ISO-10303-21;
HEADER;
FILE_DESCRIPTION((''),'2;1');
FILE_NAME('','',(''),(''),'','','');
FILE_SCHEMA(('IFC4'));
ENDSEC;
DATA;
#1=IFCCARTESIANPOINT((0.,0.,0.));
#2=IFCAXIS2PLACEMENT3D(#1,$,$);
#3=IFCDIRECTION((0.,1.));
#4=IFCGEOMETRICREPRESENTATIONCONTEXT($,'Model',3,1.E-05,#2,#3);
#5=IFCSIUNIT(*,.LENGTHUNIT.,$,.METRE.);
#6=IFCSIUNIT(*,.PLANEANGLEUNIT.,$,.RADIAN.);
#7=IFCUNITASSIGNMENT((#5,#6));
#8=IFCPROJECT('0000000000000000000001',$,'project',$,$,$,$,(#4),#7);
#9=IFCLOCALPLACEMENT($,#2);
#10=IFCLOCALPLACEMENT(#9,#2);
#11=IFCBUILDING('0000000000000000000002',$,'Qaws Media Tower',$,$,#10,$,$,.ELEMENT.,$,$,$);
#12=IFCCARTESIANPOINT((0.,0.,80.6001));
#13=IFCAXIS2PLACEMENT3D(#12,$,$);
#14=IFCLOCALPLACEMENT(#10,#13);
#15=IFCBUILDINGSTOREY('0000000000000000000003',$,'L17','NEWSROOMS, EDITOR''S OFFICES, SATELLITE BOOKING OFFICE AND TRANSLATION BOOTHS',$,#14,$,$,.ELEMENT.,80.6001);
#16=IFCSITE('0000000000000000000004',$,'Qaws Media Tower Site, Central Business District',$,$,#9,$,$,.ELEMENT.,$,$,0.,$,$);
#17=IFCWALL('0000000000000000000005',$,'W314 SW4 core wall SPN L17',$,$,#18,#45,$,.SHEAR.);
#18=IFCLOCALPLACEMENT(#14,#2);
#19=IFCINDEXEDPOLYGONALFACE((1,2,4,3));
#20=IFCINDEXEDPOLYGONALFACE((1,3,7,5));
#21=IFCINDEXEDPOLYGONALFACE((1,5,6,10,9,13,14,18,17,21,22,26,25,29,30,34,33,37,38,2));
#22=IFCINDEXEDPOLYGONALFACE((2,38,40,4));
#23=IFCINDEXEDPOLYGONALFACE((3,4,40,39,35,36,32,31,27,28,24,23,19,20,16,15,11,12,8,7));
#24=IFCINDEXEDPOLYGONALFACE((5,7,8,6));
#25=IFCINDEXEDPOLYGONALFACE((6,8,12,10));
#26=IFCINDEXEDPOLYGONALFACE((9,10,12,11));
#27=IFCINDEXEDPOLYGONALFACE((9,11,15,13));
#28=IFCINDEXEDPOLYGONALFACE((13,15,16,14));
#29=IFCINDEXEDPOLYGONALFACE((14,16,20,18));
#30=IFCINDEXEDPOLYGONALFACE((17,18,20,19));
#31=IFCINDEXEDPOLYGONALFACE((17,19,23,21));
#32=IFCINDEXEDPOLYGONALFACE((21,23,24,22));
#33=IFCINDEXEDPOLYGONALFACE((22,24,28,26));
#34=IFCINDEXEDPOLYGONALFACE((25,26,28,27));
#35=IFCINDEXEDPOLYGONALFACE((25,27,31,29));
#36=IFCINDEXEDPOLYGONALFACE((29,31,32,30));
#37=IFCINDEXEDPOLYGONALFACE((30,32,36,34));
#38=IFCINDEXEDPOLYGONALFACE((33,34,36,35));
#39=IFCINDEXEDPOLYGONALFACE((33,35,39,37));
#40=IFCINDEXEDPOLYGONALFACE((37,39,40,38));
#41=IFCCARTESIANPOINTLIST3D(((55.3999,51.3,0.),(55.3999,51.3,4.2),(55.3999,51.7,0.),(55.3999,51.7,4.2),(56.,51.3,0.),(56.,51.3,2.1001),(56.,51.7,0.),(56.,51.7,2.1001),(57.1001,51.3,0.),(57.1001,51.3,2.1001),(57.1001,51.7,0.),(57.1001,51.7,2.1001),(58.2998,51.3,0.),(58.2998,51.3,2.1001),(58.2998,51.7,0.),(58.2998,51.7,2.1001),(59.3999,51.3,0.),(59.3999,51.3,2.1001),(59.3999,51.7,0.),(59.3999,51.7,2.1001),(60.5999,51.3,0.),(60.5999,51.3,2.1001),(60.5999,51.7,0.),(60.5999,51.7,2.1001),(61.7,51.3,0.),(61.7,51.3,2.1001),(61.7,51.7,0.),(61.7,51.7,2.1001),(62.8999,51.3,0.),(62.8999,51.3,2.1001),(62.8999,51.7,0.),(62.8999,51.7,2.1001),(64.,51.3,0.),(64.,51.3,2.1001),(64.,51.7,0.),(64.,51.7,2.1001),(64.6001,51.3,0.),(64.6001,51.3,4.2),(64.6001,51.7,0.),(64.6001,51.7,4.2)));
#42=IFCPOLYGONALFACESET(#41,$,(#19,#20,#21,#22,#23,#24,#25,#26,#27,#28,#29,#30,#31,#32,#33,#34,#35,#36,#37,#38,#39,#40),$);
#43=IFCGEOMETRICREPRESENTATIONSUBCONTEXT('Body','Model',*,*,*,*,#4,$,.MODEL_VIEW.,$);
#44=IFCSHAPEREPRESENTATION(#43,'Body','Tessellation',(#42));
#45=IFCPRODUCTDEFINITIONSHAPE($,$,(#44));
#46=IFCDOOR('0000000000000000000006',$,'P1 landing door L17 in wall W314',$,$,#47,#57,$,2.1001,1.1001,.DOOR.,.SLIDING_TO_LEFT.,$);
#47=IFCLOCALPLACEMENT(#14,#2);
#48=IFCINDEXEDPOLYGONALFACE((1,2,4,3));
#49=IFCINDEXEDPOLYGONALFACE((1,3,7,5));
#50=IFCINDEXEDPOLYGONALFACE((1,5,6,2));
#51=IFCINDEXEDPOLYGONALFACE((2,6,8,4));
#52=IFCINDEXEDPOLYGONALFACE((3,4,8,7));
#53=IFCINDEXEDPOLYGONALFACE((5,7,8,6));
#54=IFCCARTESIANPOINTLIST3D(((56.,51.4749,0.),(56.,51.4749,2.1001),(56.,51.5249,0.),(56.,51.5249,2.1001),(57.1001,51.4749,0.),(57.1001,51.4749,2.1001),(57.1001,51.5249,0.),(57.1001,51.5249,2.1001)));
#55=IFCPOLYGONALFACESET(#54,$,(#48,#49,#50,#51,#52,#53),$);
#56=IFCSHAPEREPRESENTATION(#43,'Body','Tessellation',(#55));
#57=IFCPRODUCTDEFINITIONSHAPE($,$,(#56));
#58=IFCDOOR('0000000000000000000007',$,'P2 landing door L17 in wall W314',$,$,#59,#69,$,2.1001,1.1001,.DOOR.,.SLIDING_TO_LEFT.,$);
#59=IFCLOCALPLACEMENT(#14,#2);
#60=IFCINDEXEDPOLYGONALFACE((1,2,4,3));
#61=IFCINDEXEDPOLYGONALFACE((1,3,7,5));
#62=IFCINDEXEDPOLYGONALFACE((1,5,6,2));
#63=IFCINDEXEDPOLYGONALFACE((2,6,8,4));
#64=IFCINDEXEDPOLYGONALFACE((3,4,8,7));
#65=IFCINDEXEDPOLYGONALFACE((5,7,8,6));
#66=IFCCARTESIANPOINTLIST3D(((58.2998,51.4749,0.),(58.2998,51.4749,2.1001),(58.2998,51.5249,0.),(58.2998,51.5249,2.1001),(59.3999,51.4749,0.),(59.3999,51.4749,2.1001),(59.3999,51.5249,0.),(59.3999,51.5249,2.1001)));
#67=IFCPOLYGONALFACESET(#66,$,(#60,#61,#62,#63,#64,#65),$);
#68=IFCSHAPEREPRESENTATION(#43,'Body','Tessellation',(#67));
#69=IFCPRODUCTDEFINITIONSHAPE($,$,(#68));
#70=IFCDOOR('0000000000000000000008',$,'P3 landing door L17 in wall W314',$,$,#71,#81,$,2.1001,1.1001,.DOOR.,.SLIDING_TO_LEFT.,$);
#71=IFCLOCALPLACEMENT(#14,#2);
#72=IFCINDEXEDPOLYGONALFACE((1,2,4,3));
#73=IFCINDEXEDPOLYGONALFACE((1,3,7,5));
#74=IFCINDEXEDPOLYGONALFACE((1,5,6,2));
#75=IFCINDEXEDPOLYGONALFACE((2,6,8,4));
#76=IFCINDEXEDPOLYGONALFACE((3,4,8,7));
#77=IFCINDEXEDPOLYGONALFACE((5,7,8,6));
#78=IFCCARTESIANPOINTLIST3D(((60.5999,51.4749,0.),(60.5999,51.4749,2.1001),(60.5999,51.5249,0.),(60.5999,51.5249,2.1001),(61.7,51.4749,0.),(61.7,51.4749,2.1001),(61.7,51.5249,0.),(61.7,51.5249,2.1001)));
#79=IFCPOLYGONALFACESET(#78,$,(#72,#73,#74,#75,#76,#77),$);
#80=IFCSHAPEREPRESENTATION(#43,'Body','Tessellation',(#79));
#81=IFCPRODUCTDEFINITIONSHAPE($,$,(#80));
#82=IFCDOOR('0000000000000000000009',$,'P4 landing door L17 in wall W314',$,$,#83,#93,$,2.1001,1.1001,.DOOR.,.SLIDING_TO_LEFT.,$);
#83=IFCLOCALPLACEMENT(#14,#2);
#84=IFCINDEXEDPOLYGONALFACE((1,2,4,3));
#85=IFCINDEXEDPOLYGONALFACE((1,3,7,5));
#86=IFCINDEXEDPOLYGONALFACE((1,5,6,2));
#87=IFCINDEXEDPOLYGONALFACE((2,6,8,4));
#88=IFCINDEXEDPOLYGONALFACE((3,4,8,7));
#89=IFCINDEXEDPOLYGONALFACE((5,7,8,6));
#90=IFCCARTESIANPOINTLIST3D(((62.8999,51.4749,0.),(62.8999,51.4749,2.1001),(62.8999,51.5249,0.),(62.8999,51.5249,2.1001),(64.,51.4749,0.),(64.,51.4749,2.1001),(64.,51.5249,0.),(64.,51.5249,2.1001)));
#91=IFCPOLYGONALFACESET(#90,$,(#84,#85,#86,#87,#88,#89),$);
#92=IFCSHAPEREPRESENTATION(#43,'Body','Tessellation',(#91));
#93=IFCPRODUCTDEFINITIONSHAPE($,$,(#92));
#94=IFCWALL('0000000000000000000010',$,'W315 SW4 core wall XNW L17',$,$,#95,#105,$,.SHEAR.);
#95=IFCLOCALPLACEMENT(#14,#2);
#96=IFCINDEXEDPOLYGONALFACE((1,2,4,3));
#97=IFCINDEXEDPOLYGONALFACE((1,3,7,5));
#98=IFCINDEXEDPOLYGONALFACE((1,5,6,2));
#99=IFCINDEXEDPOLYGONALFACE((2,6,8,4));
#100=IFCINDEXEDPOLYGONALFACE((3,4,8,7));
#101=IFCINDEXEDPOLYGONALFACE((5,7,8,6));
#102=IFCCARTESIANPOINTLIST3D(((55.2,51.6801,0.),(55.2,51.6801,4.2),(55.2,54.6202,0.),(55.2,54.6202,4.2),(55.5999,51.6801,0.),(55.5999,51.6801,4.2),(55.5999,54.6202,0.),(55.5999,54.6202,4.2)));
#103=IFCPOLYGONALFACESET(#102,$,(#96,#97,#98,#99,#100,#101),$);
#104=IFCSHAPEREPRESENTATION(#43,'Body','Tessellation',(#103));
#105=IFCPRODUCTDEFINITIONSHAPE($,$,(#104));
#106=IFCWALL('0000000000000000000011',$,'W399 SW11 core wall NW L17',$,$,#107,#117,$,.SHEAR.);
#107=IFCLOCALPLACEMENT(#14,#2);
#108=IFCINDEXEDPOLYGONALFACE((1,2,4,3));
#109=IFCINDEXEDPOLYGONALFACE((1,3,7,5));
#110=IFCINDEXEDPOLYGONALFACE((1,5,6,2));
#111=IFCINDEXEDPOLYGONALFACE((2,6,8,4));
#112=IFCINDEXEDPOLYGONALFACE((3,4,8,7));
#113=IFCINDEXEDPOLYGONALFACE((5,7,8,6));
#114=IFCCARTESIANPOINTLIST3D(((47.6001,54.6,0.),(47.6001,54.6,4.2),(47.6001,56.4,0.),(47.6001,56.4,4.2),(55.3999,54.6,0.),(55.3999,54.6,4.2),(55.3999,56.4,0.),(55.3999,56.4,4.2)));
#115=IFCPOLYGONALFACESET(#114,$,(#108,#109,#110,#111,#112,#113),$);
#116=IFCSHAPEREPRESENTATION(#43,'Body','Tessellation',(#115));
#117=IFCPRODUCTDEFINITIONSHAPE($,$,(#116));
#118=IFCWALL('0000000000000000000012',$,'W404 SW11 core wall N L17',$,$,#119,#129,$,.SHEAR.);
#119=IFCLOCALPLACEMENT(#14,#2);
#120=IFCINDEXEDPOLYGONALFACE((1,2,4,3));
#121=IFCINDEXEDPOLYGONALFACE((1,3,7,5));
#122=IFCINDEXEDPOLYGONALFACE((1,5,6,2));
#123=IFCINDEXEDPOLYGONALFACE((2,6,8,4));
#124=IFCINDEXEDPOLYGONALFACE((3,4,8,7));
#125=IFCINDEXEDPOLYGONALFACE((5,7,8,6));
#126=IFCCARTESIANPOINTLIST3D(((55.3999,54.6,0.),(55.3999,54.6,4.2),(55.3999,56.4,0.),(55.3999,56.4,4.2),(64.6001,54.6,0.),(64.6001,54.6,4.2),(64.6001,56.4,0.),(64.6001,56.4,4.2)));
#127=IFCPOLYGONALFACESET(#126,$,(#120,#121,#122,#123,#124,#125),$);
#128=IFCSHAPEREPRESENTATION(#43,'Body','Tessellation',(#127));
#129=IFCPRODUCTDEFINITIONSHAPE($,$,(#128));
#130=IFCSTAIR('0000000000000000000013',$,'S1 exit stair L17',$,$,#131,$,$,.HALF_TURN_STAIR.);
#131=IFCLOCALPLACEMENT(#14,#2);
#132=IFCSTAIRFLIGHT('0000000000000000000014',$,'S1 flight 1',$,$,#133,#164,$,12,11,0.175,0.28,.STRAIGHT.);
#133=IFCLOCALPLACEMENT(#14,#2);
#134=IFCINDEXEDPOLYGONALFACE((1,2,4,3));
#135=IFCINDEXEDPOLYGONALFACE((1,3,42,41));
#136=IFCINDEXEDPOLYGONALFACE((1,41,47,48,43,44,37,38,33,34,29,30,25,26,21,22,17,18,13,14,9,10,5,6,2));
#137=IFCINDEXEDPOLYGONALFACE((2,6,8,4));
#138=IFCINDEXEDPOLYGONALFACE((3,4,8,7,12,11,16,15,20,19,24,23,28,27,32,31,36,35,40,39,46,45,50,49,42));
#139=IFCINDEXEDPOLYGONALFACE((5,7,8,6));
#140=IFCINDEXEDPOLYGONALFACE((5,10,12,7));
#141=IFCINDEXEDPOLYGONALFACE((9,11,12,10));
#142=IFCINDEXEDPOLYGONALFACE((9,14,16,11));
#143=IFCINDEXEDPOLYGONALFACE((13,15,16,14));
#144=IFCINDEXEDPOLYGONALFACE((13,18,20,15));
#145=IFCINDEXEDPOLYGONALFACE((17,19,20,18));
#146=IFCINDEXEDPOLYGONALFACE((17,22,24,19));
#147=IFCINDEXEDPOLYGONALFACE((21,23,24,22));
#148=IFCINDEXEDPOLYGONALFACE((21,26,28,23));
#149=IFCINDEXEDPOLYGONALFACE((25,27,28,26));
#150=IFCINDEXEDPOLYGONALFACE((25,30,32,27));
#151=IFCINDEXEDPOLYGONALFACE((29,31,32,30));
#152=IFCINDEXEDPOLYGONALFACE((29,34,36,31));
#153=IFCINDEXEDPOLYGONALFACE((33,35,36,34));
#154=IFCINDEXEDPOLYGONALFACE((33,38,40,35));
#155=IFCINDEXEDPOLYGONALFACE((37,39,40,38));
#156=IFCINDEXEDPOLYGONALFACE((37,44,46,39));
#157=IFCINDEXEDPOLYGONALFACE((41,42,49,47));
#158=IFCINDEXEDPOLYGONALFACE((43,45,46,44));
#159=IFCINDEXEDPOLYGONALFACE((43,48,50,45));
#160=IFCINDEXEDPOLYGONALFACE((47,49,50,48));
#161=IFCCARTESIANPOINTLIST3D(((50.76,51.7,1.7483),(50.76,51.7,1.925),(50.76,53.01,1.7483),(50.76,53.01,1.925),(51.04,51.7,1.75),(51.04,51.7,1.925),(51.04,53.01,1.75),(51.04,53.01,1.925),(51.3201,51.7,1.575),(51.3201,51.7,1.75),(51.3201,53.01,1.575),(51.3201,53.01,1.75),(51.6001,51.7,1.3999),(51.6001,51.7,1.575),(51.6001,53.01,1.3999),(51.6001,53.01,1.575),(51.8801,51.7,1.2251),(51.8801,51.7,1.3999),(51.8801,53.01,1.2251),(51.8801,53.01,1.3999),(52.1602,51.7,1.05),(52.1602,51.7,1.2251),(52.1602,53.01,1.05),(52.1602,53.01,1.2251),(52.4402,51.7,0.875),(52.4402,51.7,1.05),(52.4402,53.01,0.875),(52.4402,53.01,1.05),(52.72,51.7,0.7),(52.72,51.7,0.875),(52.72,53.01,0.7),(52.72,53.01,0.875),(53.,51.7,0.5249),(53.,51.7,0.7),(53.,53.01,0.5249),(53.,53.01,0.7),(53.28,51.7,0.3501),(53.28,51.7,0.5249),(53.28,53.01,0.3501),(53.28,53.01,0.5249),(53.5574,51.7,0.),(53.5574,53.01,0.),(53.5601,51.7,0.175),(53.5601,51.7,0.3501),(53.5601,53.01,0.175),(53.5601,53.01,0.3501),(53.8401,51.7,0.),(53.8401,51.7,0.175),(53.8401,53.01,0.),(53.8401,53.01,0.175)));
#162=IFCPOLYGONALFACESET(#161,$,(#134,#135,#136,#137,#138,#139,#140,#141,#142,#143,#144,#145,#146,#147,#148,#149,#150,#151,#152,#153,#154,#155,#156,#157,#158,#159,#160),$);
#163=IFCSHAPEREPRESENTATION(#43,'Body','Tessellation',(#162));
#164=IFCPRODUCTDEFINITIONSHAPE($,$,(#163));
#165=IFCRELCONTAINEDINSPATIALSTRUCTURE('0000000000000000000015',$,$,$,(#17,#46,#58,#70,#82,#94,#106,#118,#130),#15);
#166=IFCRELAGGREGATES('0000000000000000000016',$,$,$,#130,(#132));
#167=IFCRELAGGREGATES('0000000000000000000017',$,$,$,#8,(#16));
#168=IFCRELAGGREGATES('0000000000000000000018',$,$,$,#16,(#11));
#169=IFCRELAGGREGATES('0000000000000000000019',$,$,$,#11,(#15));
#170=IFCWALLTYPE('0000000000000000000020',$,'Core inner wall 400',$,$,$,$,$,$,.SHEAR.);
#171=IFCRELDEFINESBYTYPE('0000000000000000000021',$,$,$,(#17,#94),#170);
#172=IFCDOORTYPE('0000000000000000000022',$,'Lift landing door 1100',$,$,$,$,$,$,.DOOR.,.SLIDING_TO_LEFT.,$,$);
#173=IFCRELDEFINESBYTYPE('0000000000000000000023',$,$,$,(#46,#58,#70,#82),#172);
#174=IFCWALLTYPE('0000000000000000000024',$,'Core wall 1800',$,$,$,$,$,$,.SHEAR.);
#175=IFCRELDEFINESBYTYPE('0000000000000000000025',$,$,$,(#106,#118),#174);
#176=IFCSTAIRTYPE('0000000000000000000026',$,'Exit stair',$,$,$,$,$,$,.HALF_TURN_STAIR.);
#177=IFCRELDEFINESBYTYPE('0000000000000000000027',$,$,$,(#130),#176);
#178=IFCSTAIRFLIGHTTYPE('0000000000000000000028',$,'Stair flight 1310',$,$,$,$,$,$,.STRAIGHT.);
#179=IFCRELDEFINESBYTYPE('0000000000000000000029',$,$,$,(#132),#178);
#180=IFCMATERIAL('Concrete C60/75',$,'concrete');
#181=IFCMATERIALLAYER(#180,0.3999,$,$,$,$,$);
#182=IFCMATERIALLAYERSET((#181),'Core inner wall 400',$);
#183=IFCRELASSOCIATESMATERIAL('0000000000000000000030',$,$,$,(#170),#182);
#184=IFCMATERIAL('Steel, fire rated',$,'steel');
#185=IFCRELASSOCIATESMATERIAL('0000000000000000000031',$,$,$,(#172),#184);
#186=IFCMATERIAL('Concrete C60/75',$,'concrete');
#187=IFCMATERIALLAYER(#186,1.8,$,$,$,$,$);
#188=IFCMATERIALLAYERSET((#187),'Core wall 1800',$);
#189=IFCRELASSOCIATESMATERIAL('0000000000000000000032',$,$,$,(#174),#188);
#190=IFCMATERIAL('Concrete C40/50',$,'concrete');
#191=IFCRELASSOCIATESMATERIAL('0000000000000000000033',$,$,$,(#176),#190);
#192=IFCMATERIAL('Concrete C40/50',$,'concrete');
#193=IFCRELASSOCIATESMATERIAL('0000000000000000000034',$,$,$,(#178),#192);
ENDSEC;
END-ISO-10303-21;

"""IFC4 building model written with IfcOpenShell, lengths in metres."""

from ifc_helpers import new_model, si_unit, direction, frame, frame_2d, origin, place, context, subcontext, project, spatial, polyline, rectangle, outline, extrude, material, layer, layer_set, type_object, element, fill, aggregate, save


model = new_model("IFC4")

# Units and contexts
model_context = context("Model", 3, precision=1e-05, world=origin(), true_north=direction((0.0, 1.0)))
body_context = subcontext(model_context, "Body", "Model", "MODEL_VIEW")
ifc_project = project(units=[si_unit("LENGTHUNIT", "METRE"), si_unit("PLANEANGLEUNIT", "RADIAN")], contexts=[model_context])

# Site, building, storey
site_placement = place(None, origin())
site = spatial("IfcSite", under=ifc_project, at=site_placement, Name="Qaws Media Tower Site, Central Business District", CompositionType="ELEMENT", RefElevation=0.0)
building_placement = place(site_placement, origin())
building = spatial("IfcBuilding", under=site, at=building_placement, Name="Qaws Media Tower", CompositionType="ELEMENT")
storey_placement = place(building_placement, frame((0.0, 0.0, 80.6001)))
storey = spatial("IfcBuildingStorey", under=building, at=storey_placement, Name="L17", Description="NEWSROOMS, EDITOR'S OFFICES, SATELLITE BOOKING OFFICE AND TRANSLATION BOOTHS", CompositionType="ELEMENT", Elevation=80.6001)

# Wall, openings, doors
ifc_material_1 = material(Name="Concrete C60/75", Category="concrete")
ifc_layer_1 = layer(ifc_material_1, 0.3999)
ifc_layer_set_1 = layer_set([ifc_layer_1], Name="Core inner wall 400")
wall_type_1 = type_object("IfcWallType", Name="Core inner wall 400", PredefinedType="SHEAR", material=ifc_layer_set_1)
wall_1_placement = place(storey_placement, frame((55.3999, 51.5, 0.0), z_axis=(0.0, 0.0, 1.0), x_axis=(1.0, 0.0, 0.0)))
wall_1 = element("IfcWall", 1, at=wall_1_placement, inside=storey, type_object=wall_type_1, Name="W314 SW4 core wall SPN L17", PredefinedType="SHEAR", context=body_context, shape_type="SweptSolid", body=[
    extrude(rectangle(XDim=9.2002, YDim=0.3999, at=frame_2d((4.6001, 0.0))), origin(), (0.0, 0.0, 1.0), 4.2),
])
opening_1_placement = place(wall_1_placement, frame((0.6001, 0.0, 0.0)))
opening_1 = element("IfcOpeningElement", 2, at=opening_1_placement, cuts=wall_1, PredefinedType="OPENING", context=body_context, shape_type="SweptSolid", body=[
    extrude(rectangle(XDim=1.1001, YDim=2.1001, at=frame_2d((0.55, 1.05))), frame((0.0, 0.21, 0.0), z_axis=(0.0, -1.0, 0.0), x_axis=(1.0, 0.0, 0.0)), (0.0, 0.0, 1.0), 0.4199),
])
opening_2_placement = place(wall_1_placement, frame((2.8999, 0.0, 0.0)))
opening_2 = element("IfcOpeningElement", 3, at=opening_2_placement, cuts=wall_1, PredefinedType="OPENING", context=body_context, shape_type="SweptSolid", body=[
    extrude(rectangle(XDim=1.1001, YDim=2.1001, at=frame_2d((0.55, 1.05))), frame((0.0, 0.21, 0.0), z_axis=(0.0, -1.0, 0.0), x_axis=(1.0, 0.0, 0.0)), (0.0, 0.0, 1.0), 0.4199),
])
opening_3_placement = place(wall_1_placement, frame((5.2, 0.0, 0.0)))
opening_3 = element("IfcOpeningElement", 4, at=opening_3_placement, cuts=wall_1, PredefinedType="OPENING", context=body_context, shape_type="SweptSolid", body=[
    extrude(rectangle(XDim=1.1001, YDim=2.1001, at=frame_2d((0.55, 1.05))), frame((0.0, 0.21, 0.0), z_axis=(0.0, -1.0, 0.0), x_axis=(1.0, 0.0, 0.0)), (0.0, 0.0, 1.0), 0.4199),
])
opening_4_placement = place(wall_1_placement, frame((7.5, 0.0, 0.0)))
opening_4 = element("IfcOpeningElement", 5, at=opening_4_placement, cuts=wall_1, PredefinedType="OPENING", context=body_context, shape_type="SweptSolid", body=[
    extrude(rectangle(XDim=1.1001, YDim=2.1001, at=frame_2d((0.55, 1.05))), frame((0.0, 0.21, 0.0), z_axis=(0.0, -1.0, 0.0), x_axis=(1.0, 0.0, 0.0)), (0.0, 0.0, 1.0), 0.4199),
])
ifc_material_2 = material(Name="Steel, fire rated", Category="steel")
door_type = type_object("IfcDoorType", Name="Lift landing door 1100", OperationType="SLIDING_TO_LEFT", PredefinedType="DOOR", material=ifc_material_2)
door_1_placement = place(opening_1_placement, origin())
door_1 = element("IfcDoor", 6, at=door_1_placement, inside=storey, type_object=door_type, Name="P1 landing door L17 in wall W314", OperationType="SLIDING_TO_LEFT", OverallHeight=2.1001, OverallWidth=1.1001, PredefinedType="DOOR", context=body_context, shape_type="SweptSolid", body=[
    extrude(rectangle(XDim=1.1001, YDim=2.1001, at=frame_2d((0.55, 1.05))), frame((0.0, 0.0249, 0.0), z_axis=(0.0, -1.0, 0.0), x_axis=(1.0, 0.0, 0.0)), (0.0, 0.0, 1.0), 0.05),
])
fill(opening_1, door_1)
door_2_placement = place(opening_2_placement, origin())
door_2 = element("IfcDoor", 7, at=door_2_placement, inside=storey, type_object=door_type, Name="P2 landing door L17 in wall W314", OperationType="SLIDING_TO_LEFT", OverallHeight=2.1001, OverallWidth=1.1001, PredefinedType="DOOR", context=body_context, shape_type="SweptSolid", body=[
    extrude(rectangle(XDim=1.1001, YDim=2.1001, at=frame_2d((0.55, 1.05))), frame((0.0, 0.0249, 0.0), z_axis=(0.0, -1.0, 0.0), x_axis=(1.0, 0.0, 0.0)), (0.0, 0.0, 1.0), 0.05),
])
fill(opening_2, door_2)
door_3_placement = place(opening_3_placement, origin())
door_3 = element("IfcDoor", 8, at=door_3_placement, inside=storey, type_object=door_type, Name="P3 landing door L17 in wall W314", OperationType="SLIDING_TO_LEFT", OverallHeight=2.1001, OverallWidth=1.1001, PredefinedType="DOOR", context=body_context, shape_type="SweptSolid", body=[
    extrude(rectangle(XDim=1.1001, YDim=2.1001, at=frame_2d((0.55, 1.05))), frame((0.0, 0.0249, 0.0), z_axis=(0.0, -1.0, 0.0), x_axis=(1.0, 0.0, 0.0)), (0.0, 0.0, 1.0), 0.05),
])
fill(opening_3, door_3)
door_4_placement = place(opening_4_placement, origin())
door_4 = element("IfcDoor", 9, at=door_4_placement, inside=storey, type_object=door_type, Name="P4 landing door L17 in wall W314", OperationType="SLIDING_TO_LEFT", OverallHeight=2.1001, OverallWidth=1.1001, PredefinedType="DOOR", context=body_context, shape_type="SweptSolid", body=[
    extrude(rectangle(XDim=1.1001, YDim=2.1001, at=frame_2d((0.55, 1.05))), frame((0.0, 0.0249, 0.0), z_axis=(0.0, -1.0, 0.0), x_axis=(1.0, 0.0, 0.0)), (0.0, 0.0, 1.0), 0.05),
])
fill(opening_4, door_4)

# Walls
wall_2_placement = place(storey_placement, frame((55.3999, 51.6799, 0.0), z_axis=(0.0, 0.0, 1.0), x_axis=(0.0, 1.0, 0.0)))
element("IfcWall", 10, at=wall_2_placement, inside=storey, type_object=wall_type_1, Name="W315 SW4 core wall XNW L17", PredefinedType="SHEAR", context=body_context, shape_type="SweptSolid", body=[
    extrude(rectangle(XDim=2.9402, YDim=0.3999, at=frame_2d((1.4702, 0.0))), origin(), (0.0, 0.0, 1.0), 4.2),
])
ifc_material_3 = material(Name="Concrete C60/75", Category="concrete")
ifc_layer_2 = layer(ifc_material_3, 1.8)
ifc_layer_set_2 = layer_set([ifc_layer_2], Name="Core wall 1800")
wall_type_2 = type_object("IfcWallType", Name="Core wall 1800", PredefinedType="SHEAR", material=ifc_layer_set_2)
wall_3_placement = place(storey_placement, frame((47.6001, 55.5, 0.0), z_axis=(0.0, 0.0, 1.0), x_axis=(1.0, 0.0, 0.0)))
element("IfcWall", 11, at=wall_3_placement, inside=storey, type_object=wall_type_2, Name="W399 SW11 core wall NW L17", PredefinedType="SHEAR", context=body_context, shape_type="SweptSolid", body=[
    extrude(rectangle(XDim=7.7998, YDim=1.8, at=frame_2d((3.8999, 0.0))), origin(), (0.0, 0.0, 1.0), 4.2),
])
wall_4_placement = place(storey_placement, frame((55.3999, 55.5, 0.0), z_axis=(0.0, 0.0, 1.0), x_axis=(1.0, 0.0, 0.0)))
element("IfcWall", 12, at=wall_4_placement, inside=storey, type_object=wall_type_2, Name="W404 SW11 core wall N L17", PredefinedType="SHEAR", context=body_context, shape_type="SweptSolid", body=[
    extrude(rectangle(XDim=9.2002, YDim=1.8, at=frame_2d((4.6001, 0.0))), origin(), (0.0, 0.0, 1.0), 4.2),
])

# Stair, stair flight
ifc_material_4 = material(Name="Concrete C40/50", Category="concrete")
stair_type = type_object("IfcStairType", Name="Exit stair", PredefinedType="HALF_TURN_STAIR", material=ifc_material_4)
stair_placement = place(storey_placement, origin())
stair = element("IfcStair", 13, at=stair_placement, inside=storey, type_object=stair_type, Name="S1 exit stair L17", PredefinedType="HALF_TURN_STAIR")
ifc_material_5 = material(Name="Concrete C40/50", Category="concrete")
stair_flight_type = type_object("IfcStairFlightType", Name="Stair flight 1310", PredefinedType="STRAIGHT", material=ifc_material_5)
stair_flight_1_placement = place(storey_placement, frame((53.8401, 52.355, 0.0), z_axis=(0.0, 0.0, 1.0), x_axis=(-1.0, 0.0, 0.0)))
stair_flight_1 = element("IfcStairFlight", 14, at=stair_flight_1_placement, type_object=stair_flight_type, Name="S1 flight 1", NumberOfRisers=12, NumberOfTreads=11, PredefinedType="STRAIGHT", RiserHeight=0.175, TreadLength=0.28, context=body_context, shape_type="SweptSolid", body=[
    extrude(outline(polyline([(0.0, 0.0), (0.0, 0.175), (0.28, 0.175), (0.28, 0.3501), (0.5601, 0.3501), (0.5601, 0.5249), (0.8401, 0.5249), (0.8401, 0.7), (1.1201, 0.7), (1.1201, 0.875), (1.3999, 0.875), (1.3999, 1.05), (1.6799, 1.05), (1.6799, 1.2251), (1.96, 1.2251), (1.96, 1.3999), (2.24, 1.3999), (2.24, 1.575), (2.52, 1.575), (2.52, 1.75), (2.8, 1.75), (2.8, 1.925), (3.0801, 1.925), (3.0801, 2.1001), (3.0801, 1.7483), (0.2827, 0.0), (0.0, 0.0)])), frame((0.0, 0.655, 0.0), z_axis=(0.0, -1.0, 0.0), x_axis=(1.0, 0.0, 0.0)), (0.0, 0.0, 1.0), 1.3101),
])
aggregate(stair, [stair_flight_1])

save(model, "model.ifc")
